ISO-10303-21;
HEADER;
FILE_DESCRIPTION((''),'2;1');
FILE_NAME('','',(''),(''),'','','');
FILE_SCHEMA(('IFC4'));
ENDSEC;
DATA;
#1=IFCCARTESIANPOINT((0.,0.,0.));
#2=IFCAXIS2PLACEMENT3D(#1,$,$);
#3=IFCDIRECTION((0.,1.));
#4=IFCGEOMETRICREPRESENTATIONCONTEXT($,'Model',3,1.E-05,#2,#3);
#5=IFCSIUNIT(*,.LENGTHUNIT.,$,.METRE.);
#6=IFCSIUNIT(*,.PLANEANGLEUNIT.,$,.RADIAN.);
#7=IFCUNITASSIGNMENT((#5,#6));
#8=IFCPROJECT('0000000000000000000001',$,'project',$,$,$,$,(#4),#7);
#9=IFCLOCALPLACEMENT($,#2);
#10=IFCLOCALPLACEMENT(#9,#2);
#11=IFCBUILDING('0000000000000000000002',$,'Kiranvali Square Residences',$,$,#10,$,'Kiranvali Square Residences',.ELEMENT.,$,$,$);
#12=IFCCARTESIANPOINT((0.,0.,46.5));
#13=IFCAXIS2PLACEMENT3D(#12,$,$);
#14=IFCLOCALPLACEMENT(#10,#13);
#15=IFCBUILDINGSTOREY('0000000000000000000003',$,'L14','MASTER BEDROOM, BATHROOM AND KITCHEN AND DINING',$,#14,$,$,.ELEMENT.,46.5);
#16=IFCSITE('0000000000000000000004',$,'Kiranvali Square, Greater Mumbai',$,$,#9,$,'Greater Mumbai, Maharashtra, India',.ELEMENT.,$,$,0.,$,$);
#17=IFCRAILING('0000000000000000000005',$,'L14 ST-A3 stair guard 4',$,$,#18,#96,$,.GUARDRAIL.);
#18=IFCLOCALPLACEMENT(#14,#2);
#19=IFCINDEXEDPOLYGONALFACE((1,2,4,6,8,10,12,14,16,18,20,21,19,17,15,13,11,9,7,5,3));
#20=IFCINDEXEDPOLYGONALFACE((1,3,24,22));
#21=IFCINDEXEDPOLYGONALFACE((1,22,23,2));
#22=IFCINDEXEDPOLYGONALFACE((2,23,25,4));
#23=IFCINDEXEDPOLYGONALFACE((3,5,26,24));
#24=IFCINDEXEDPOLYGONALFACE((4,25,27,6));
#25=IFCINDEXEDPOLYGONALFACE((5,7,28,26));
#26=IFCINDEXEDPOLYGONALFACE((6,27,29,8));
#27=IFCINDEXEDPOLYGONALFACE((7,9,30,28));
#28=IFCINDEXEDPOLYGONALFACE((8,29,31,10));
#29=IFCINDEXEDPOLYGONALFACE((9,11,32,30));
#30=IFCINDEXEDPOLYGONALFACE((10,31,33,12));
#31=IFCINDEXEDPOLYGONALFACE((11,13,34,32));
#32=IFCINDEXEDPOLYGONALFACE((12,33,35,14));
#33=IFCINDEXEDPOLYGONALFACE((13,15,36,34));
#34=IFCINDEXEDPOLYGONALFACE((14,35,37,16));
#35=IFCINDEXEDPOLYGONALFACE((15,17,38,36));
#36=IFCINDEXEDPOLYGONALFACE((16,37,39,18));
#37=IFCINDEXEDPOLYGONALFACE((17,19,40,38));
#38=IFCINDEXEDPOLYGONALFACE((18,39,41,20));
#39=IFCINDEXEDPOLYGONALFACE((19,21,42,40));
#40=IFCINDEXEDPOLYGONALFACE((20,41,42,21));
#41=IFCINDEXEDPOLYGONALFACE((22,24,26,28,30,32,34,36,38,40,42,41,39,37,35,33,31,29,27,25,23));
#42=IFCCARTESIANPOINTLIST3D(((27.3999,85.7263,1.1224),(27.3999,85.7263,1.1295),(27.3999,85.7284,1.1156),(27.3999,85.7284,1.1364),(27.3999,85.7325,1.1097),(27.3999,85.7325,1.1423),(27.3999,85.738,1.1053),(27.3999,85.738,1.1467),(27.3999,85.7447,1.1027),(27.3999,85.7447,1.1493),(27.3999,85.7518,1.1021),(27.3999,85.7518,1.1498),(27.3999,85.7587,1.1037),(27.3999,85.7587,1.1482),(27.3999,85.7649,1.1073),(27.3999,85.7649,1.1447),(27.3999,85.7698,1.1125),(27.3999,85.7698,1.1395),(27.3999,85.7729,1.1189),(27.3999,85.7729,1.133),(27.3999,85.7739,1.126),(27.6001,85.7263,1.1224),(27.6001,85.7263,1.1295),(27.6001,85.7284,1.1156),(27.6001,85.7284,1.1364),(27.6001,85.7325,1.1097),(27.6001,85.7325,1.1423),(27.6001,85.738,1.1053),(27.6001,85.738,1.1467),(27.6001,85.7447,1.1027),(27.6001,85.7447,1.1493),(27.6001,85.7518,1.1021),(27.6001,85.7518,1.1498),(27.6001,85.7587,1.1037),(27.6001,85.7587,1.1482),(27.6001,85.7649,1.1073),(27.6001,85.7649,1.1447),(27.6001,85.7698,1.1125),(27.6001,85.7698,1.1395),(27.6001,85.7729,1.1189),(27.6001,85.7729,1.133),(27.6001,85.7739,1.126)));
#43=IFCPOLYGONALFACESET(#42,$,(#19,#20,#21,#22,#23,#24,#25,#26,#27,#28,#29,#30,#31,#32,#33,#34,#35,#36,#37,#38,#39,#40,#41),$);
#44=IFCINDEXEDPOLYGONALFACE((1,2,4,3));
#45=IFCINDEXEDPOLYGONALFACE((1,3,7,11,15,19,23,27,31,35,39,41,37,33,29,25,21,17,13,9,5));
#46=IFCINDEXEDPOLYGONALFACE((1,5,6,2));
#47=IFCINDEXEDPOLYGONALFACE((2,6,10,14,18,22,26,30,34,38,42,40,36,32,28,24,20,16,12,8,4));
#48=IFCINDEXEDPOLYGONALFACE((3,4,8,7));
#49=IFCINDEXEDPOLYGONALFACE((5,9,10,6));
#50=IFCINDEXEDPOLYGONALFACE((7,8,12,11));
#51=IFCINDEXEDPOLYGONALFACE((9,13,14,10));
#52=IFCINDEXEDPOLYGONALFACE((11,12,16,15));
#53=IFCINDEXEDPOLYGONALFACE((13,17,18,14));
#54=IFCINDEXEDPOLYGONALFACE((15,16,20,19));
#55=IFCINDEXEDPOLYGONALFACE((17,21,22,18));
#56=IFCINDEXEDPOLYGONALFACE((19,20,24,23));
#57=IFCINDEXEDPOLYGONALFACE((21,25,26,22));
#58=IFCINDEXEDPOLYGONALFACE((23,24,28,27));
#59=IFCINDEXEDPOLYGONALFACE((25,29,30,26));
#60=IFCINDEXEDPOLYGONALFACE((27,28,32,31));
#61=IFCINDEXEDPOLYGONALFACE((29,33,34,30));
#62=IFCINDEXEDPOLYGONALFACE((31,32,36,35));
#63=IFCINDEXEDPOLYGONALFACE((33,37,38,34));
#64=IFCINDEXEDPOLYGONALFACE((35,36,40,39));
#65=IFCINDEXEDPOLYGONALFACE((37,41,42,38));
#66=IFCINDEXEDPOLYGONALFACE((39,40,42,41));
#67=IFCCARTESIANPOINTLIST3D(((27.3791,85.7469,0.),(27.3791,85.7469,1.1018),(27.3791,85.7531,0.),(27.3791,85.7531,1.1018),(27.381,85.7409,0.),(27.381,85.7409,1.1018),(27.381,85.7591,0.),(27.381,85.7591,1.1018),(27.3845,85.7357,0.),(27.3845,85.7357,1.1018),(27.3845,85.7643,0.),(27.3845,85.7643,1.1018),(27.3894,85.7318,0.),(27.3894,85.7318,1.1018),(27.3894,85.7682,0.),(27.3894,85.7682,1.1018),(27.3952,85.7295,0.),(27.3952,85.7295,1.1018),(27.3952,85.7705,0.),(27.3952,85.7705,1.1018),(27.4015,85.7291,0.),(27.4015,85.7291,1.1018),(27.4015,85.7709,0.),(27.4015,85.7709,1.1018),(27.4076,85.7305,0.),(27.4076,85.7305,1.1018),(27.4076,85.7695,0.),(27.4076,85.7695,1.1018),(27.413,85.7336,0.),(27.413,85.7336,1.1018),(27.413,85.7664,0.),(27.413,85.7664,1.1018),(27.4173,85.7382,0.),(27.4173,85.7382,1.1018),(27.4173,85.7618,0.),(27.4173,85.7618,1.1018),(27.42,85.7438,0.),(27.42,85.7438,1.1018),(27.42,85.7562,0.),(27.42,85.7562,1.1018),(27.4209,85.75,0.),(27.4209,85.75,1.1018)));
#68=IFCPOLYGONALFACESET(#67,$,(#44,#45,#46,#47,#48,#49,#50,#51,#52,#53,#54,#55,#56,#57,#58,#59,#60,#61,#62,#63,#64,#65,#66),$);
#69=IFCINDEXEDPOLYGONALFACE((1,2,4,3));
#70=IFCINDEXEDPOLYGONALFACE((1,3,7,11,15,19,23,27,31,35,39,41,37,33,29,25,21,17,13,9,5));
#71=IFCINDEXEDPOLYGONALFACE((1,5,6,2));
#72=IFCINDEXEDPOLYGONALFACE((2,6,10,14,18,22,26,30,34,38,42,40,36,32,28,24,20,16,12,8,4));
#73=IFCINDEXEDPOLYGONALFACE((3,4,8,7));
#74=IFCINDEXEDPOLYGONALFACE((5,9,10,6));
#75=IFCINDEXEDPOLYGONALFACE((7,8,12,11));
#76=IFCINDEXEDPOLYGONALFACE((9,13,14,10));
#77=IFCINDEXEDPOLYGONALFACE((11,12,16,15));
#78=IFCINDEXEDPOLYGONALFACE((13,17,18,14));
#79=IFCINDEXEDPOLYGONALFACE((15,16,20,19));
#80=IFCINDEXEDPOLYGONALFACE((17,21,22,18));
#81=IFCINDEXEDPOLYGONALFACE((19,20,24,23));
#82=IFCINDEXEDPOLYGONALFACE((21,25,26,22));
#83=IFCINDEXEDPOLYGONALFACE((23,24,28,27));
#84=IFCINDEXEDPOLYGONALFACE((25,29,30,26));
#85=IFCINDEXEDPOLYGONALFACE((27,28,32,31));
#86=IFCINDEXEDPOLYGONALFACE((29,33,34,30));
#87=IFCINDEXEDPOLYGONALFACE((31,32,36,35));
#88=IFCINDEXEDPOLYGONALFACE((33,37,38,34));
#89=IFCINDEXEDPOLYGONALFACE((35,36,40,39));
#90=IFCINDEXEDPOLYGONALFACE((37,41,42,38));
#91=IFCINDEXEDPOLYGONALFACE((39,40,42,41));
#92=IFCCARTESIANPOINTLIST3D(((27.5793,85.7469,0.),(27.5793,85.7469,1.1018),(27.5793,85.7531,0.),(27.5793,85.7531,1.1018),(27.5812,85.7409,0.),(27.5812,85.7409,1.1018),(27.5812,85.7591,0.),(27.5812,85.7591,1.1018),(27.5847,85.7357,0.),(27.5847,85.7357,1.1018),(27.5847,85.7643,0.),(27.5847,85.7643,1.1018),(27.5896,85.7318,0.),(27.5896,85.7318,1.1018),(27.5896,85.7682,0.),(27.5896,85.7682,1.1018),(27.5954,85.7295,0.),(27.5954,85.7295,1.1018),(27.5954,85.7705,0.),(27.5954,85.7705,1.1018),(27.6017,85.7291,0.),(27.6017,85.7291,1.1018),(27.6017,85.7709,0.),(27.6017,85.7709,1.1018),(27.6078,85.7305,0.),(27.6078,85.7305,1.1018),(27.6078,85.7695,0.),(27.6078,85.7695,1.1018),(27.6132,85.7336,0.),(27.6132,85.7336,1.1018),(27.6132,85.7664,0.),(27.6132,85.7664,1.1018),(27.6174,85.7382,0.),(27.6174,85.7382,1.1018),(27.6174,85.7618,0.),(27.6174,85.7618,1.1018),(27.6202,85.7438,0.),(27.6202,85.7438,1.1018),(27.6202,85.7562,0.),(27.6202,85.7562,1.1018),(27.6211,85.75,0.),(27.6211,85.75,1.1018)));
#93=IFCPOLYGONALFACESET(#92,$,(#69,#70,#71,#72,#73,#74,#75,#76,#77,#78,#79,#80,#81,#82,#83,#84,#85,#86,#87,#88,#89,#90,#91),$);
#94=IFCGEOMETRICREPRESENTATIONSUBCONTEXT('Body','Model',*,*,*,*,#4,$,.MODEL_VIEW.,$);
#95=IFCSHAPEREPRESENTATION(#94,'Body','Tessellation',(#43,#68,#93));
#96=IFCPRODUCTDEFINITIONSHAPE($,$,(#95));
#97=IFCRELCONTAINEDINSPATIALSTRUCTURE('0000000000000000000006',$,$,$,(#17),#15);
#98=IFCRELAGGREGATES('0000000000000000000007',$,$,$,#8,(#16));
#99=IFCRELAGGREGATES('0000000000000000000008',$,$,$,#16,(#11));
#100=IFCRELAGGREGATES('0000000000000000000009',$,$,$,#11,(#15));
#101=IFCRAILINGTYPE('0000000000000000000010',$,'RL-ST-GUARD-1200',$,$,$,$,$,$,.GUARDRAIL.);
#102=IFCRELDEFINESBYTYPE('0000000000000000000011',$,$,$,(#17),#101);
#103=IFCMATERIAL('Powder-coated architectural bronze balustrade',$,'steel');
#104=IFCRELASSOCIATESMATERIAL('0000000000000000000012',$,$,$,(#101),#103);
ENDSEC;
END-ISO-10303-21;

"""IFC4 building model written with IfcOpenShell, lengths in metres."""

from ifc_helpers import new_model, si_unit, direction, frame, origin, origin_2d, place, context, subcontext, project, spatial, circle, extrude, material, type_object, element, save


model = new_model("IFC4")

# Units and contexts
model_context = context("Model", 3, precision=1e-05, world=origin(), true_north=direction((0.0, 1.0)))
body_context = subcontext(model_context, "Body", "Model", "MODEL_VIEW")
ifc_project = project(units=[si_unit("LENGTHUNIT", "METRE"), si_unit("PLANEANGLEUNIT", "RADIAN")], contexts=[model_context])

# Site, building, storey
site_placement = place(None, origin())
site = spatial("IfcSite", under=ifc_project, at=site_placement, Name="Kiranvali Square, Greater Mumbai", LongName="Greater Mumbai, Maharashtra, India", CompositionType="ELEMENT", RefElevation=0.0)
building_placement = place(site_placement, origin())
building = spatial("IfcBuilding", under=site, at=building_placement, Name="Kiranvali Square Residences", LongName="Kiranvali Square Residences", CompositionType="ELEMENT")
storey_placement = place(building_placement, frame((0.0, 0.0, 46.5)))
storey = spatial("IfcBuildingStorey", under=building, at=storey_placement, Name="L14", Description="MASTER BEDROOM, BATHROOM AND KITCHEN AND DINING", CompositionType="ELEMENT", Elevation=46.5)

# Railing
ifc_material_1 = material(Name="Powder-coated architectural bronze balustrade", Category="steel")
railing_type_1 = type_object("IfcRailingType", Name="RL-ST-GUARD-1200", PredefinedType="GUARDRAIL", material=ifc_material_1)
railing_1_placement = place(storey_placement, frame((27.3999, 85.75, 0.0)))
element("IfcRailing", 1, at=railing_1_placement, inside=storey, type_object=railing_type_1, Name="L14 ST-A3 stair guard 4", PredefinedType="GUARDRAIL", context=body_context, shape_type="SweptSolid", body=[
    extrude(circle(Radius=0.0239, at=origin_2d()), frame((0.0, 0.0, 1.126), z_axis=(1.0, 0.0, 0.0), x_axis=(0.0, 1.0, 0.0)), (0.0, 0.0, 1.0), 0.2002),
    extrude(circle(Radius=0.021, at=origin_2d()), origin(), (0.0, 0.0, 1.0), 1.1018),
    extrude(circle(Radius=0.021, at=origin_2d()), frame((0.2002, 0.0, 0.0)), (0.0, 0.0, 1.0), 1.1018),
])

save(model, "model.ifc")
